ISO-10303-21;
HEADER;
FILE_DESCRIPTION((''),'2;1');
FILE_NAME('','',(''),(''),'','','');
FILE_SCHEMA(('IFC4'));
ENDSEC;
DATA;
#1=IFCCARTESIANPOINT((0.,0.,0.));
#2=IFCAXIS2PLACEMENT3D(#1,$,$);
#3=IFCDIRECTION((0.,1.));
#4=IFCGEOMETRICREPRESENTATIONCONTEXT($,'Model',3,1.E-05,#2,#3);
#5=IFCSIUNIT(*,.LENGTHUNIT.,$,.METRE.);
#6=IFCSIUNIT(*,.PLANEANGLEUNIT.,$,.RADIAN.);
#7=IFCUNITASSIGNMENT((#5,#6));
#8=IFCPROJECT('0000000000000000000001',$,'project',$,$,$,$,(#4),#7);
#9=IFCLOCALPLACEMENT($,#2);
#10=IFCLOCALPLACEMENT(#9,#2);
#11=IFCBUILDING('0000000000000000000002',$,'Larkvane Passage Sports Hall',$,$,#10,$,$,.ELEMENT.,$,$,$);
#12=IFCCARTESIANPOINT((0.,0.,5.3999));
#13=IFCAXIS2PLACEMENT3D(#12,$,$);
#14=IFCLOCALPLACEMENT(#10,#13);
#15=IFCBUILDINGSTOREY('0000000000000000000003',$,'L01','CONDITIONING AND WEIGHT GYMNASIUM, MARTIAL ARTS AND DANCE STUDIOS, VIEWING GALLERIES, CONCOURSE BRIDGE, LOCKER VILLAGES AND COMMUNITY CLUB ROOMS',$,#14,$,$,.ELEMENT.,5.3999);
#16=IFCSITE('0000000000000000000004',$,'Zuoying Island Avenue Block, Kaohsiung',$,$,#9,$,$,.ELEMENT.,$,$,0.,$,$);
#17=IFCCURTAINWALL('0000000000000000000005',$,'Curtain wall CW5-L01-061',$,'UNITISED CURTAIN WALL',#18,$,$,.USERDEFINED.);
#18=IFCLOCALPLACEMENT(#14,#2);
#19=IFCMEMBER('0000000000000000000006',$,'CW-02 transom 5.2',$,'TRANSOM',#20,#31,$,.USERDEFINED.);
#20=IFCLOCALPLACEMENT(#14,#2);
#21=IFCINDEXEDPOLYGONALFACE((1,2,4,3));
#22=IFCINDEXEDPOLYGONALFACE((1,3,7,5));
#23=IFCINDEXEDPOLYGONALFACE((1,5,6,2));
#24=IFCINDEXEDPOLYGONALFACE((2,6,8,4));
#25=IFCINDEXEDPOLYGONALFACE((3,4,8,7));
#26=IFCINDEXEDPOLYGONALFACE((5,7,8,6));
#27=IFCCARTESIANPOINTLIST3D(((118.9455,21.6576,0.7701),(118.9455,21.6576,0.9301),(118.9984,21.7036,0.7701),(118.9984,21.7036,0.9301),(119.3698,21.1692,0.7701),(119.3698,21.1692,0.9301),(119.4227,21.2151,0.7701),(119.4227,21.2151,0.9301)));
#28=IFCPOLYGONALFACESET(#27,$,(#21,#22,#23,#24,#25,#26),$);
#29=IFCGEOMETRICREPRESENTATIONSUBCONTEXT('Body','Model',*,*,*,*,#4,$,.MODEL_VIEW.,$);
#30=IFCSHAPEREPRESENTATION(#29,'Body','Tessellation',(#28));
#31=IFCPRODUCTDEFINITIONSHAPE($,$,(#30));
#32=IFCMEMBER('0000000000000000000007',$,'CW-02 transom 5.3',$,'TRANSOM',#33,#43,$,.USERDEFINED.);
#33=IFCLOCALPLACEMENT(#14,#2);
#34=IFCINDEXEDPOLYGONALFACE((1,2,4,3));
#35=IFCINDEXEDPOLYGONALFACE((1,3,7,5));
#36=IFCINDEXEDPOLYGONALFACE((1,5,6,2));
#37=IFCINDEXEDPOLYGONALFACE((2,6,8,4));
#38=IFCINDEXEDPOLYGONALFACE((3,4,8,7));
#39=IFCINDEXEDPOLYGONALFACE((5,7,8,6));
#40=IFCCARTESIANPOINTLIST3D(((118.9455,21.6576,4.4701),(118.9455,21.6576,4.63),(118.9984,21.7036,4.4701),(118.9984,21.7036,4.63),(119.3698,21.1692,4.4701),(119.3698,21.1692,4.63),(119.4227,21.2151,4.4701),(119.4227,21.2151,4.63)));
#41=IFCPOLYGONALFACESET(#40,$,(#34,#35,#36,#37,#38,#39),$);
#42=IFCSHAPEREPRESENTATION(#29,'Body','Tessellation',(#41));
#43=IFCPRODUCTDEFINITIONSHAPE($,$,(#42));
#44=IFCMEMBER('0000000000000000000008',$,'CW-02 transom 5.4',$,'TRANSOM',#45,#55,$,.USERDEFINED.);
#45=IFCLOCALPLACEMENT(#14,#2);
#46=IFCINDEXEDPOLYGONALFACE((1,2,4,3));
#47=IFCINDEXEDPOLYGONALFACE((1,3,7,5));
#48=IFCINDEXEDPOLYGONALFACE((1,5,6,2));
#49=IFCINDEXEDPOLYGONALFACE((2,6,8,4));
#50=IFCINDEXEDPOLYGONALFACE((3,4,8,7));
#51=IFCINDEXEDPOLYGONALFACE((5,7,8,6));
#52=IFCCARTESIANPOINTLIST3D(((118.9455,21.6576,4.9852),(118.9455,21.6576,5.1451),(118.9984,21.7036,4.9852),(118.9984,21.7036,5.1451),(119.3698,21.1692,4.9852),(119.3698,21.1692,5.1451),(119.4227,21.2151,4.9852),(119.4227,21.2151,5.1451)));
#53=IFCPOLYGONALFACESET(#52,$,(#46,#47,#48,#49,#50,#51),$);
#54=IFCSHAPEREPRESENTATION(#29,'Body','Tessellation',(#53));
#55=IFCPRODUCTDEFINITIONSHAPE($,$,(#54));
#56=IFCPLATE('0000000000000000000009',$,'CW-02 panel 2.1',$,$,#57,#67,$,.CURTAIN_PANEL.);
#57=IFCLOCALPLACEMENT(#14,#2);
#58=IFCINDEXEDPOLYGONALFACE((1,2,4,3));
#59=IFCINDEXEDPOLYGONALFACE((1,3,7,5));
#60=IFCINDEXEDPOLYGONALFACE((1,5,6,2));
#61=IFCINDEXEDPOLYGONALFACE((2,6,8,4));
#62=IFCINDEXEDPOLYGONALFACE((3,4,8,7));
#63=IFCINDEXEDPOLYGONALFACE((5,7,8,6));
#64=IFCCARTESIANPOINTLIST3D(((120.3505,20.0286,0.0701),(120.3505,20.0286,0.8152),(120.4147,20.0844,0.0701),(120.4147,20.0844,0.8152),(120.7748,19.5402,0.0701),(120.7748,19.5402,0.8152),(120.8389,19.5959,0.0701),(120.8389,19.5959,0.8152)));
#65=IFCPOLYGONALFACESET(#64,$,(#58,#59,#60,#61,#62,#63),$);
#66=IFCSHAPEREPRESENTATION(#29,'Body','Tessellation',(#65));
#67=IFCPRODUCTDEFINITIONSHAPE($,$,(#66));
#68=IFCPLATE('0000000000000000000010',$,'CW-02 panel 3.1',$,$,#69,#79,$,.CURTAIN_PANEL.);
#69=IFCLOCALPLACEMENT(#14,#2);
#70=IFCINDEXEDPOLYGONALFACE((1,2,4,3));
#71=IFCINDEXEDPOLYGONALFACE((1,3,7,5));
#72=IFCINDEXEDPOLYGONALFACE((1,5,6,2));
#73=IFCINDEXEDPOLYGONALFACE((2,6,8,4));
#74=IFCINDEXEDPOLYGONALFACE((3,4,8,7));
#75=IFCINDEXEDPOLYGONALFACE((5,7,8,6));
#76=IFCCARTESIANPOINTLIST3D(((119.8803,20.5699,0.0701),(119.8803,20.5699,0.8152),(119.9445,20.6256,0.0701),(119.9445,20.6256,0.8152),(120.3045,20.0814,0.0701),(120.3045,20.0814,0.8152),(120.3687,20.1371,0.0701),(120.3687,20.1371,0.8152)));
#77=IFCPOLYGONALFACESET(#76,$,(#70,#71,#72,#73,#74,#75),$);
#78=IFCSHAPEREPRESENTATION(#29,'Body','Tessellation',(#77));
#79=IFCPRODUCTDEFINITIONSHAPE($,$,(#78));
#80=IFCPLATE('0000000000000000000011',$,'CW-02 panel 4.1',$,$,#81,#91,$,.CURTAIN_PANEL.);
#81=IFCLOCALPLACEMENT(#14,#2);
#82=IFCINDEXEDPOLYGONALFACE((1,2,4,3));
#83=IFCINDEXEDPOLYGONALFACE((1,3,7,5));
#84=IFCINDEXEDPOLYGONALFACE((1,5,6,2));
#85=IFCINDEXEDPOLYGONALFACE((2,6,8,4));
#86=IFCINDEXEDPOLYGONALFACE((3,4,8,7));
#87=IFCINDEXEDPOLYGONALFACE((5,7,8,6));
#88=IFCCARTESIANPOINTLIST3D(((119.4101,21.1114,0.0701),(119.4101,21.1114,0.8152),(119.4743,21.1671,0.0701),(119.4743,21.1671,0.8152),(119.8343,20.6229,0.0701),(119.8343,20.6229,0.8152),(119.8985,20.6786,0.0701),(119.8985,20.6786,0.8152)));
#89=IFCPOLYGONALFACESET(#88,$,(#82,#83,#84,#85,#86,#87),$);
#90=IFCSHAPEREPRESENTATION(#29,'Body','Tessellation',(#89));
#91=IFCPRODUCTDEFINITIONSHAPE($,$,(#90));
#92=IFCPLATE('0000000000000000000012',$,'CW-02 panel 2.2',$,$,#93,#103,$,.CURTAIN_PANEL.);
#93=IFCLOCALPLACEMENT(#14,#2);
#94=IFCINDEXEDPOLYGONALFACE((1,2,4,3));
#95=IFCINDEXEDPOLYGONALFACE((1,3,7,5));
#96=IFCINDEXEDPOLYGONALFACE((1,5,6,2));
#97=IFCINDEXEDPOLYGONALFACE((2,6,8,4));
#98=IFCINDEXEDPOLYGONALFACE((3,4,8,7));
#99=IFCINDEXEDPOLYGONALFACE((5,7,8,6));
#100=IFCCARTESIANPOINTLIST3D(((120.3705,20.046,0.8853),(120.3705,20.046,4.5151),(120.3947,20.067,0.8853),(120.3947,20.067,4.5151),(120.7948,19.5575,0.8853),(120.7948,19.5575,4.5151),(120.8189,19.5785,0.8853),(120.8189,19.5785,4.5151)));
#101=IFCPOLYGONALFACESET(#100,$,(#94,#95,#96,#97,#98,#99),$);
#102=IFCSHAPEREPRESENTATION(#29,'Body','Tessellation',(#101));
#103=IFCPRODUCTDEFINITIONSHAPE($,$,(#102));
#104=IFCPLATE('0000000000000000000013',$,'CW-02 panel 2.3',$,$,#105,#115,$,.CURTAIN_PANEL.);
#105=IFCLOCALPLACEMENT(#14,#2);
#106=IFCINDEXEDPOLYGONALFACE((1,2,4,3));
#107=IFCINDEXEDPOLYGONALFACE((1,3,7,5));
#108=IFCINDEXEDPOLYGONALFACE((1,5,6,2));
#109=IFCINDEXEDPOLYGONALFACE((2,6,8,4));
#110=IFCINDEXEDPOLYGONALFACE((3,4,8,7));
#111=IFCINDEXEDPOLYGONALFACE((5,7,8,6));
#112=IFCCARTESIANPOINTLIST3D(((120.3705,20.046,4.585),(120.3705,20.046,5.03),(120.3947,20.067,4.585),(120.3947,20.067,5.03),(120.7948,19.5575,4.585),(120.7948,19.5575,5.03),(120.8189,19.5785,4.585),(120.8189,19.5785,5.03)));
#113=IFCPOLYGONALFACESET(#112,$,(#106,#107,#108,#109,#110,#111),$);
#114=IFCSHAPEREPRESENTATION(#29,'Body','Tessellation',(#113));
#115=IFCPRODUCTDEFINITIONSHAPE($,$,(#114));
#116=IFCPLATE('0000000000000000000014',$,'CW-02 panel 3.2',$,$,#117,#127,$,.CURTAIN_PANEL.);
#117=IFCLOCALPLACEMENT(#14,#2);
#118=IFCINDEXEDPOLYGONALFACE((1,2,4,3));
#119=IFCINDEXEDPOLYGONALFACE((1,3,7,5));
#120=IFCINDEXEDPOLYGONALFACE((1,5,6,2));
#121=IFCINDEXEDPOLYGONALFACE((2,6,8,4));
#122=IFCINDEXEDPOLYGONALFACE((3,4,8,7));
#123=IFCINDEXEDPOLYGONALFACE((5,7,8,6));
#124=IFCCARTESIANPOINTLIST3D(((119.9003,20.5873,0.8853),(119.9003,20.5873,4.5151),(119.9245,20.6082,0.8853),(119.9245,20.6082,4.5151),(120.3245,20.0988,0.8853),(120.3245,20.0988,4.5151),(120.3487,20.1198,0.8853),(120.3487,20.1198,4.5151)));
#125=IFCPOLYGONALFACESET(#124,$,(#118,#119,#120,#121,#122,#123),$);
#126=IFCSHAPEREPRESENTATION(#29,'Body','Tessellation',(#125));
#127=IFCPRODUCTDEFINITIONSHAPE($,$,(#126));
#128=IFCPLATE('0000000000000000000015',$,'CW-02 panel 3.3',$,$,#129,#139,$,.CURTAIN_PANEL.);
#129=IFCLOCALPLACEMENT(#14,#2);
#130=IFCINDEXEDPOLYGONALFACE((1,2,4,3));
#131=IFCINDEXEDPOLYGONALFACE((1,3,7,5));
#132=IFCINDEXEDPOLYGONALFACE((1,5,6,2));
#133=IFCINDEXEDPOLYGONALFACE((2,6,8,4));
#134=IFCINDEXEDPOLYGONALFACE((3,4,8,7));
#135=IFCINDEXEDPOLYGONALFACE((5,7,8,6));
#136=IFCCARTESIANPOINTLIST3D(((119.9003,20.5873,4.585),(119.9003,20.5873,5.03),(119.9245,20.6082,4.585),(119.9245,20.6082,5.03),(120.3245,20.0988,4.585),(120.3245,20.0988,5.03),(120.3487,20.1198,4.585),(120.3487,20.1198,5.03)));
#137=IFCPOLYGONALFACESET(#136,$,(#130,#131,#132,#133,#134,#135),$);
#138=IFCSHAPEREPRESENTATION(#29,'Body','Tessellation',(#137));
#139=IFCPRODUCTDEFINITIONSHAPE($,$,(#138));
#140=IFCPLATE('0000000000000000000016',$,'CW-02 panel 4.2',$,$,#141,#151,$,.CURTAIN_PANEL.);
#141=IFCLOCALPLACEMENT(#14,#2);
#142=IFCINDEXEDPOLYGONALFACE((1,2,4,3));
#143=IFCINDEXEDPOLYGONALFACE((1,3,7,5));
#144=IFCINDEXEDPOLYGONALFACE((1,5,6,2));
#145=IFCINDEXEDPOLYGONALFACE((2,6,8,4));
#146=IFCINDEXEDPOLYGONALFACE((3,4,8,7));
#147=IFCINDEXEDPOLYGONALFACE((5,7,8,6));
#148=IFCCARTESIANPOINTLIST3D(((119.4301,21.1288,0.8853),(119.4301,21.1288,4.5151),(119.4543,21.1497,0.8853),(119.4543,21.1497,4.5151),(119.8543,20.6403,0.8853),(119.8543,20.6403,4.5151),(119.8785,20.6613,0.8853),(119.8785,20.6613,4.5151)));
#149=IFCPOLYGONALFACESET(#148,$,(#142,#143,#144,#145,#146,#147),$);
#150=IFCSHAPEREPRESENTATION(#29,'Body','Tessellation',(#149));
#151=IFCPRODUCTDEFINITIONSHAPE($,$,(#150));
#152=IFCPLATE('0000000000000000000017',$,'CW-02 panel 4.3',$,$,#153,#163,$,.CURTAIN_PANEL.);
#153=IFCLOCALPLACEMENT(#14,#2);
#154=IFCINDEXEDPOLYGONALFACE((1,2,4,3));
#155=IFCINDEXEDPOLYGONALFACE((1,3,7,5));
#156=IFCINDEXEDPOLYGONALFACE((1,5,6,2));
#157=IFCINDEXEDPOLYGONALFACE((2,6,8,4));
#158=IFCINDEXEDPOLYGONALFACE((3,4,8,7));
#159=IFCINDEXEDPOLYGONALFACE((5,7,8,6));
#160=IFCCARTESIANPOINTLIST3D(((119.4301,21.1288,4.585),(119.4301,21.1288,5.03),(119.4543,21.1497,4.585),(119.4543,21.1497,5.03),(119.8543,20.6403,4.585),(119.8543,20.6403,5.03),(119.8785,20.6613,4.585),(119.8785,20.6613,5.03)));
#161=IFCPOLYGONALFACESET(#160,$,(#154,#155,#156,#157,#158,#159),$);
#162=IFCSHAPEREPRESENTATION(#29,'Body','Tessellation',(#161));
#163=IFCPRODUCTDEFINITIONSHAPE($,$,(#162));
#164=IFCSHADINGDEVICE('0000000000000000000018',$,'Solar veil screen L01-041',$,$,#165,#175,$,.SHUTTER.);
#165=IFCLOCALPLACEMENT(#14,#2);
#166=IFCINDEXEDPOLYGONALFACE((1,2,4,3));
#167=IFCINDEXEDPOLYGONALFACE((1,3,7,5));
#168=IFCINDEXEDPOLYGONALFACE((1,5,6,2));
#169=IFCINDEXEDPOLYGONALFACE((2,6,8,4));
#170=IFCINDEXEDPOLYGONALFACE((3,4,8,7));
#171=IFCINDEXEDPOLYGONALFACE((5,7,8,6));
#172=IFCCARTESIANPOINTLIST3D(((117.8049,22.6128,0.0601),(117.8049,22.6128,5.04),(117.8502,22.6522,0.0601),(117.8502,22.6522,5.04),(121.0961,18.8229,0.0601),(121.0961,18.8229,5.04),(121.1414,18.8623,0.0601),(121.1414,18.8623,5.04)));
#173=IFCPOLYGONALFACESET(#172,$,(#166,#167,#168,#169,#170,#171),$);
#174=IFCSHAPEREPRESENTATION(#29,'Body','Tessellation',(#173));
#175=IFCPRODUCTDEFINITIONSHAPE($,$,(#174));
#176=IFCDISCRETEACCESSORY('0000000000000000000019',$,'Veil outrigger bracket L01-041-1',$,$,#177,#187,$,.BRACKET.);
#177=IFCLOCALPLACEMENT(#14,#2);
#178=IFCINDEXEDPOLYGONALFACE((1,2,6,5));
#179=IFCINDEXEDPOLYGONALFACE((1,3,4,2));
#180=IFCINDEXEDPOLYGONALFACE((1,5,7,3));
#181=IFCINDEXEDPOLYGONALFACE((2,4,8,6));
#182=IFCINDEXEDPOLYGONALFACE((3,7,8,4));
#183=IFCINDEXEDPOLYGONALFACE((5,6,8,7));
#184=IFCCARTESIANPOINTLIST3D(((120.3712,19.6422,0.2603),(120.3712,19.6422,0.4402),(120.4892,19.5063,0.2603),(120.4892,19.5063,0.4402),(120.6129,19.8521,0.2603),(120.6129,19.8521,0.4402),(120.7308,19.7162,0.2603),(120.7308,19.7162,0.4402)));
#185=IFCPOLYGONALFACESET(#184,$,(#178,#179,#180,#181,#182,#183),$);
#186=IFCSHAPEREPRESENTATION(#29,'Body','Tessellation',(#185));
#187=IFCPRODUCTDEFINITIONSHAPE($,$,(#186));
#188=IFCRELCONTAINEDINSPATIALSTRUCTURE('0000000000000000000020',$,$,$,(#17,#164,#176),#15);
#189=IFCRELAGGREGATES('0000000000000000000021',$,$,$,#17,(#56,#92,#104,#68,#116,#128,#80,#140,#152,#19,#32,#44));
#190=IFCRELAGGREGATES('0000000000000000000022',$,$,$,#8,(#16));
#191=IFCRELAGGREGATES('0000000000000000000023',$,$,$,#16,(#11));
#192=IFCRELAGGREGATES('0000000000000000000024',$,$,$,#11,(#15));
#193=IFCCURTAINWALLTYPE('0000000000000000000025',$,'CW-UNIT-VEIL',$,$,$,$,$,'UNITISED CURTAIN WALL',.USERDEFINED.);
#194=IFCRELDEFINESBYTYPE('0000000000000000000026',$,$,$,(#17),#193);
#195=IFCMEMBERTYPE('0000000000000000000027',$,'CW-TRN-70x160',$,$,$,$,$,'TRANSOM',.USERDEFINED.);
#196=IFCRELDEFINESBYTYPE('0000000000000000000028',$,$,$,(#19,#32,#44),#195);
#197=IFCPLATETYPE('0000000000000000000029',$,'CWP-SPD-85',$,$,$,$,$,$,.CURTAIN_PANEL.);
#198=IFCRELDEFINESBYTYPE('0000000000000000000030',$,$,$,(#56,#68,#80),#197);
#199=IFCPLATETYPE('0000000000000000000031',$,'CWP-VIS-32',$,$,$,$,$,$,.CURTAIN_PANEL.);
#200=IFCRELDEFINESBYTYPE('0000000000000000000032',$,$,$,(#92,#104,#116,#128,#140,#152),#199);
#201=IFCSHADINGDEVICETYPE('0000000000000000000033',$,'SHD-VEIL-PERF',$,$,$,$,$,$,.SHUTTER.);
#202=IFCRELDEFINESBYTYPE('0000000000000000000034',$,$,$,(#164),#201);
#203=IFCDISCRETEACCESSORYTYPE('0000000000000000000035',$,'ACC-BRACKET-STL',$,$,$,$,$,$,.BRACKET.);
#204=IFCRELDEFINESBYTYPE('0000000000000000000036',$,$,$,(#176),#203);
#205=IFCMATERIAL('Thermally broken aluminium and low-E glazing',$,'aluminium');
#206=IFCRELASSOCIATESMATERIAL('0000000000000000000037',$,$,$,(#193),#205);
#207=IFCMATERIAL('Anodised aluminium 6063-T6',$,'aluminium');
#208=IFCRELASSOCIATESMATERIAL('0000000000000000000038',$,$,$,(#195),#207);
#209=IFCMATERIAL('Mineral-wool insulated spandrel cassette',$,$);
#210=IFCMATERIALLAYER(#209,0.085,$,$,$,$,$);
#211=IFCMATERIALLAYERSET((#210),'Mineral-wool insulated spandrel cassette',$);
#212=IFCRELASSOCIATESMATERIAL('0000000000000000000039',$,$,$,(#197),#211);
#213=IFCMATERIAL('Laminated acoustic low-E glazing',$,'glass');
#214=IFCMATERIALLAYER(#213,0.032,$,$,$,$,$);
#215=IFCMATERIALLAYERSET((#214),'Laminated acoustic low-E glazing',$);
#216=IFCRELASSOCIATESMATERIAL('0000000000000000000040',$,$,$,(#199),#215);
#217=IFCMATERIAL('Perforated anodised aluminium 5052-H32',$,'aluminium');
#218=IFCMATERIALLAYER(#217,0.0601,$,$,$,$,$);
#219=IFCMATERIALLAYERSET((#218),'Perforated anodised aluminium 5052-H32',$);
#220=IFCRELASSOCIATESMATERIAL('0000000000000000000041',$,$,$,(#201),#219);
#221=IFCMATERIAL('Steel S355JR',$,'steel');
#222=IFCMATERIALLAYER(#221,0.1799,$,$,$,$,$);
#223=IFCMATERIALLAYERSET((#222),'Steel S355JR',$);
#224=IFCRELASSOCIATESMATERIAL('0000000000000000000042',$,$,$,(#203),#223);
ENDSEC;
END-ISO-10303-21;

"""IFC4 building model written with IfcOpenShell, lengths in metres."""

from ifc_helpers import new_model, si_unit, direction, frame, origin, origin_2d, place, context, subcontext, project, spatial, rectangle, extrude, material, layer, layer_set, material_profile, profile_set, type_object, element, aggregate, save


model = new_model("IFC4")

# Units and contexts
model_context = context("Model", 3, precision=1e-05, world=origin(), true_north=direction((0.0, 1.0)))
body_context = subcontext(model_context, "Body", "Model", "MODEL_VIEW")
ifc_project = project(units=[si_unit("LENGTHUNIT", "METRE"), si_unit("PLANEANGLEUNIT", "RADIAN")], contexts=[model_context])

# Site, building, storey
site_placement = place(None, origin())
site = spatial("IfcSite", under=ifc_project, at=site_placement, Name="Zuoying Island Avenue Block, Kaohsiung", CompositionType="ELEMENT", RefElevation=0.0)
building_placement = place(site_placement, origin())
building = spatial("IfcBuilding", under=site, at=building_placement, Name="Larkvane Passage Sports Hall", CompositionType="ELEMENT")
storey_placement = place(building_placement, frame((0.0, 0.0, 5.3999)))
storey = spatial("IfcBuildingStorey", under=building, at=storey_placement, Name="L01", Description="CONDITIONING AND WEIGHT GYMNASIUM, MARTIAL ARTS AND DANCE STUDIOS, VIEWING GALLERIES, CONCOURSE BRIDGE, LOCKER VILLAGES AND COMMUNITY CLUB ROOMS", CompositionType="ELEMENT", Elevation=5.3999)

# Curtain wall, members, plates
ifc_material_1 = material(Name="Thermally broken aluminium and low-E glazing", Category="aluminium")
curtain_wall_type = type_object("IfcCurtainWallType", Name="CW-UNIT-VEIL", ElementType="UNITISED CURTAIN WALL", PredefinedType="USERDEFINED", material=ifc_material_1)
curtain_wall_placement = place(storey_placement, origin())
curtain_wall = element("IfcCurtainWall", 1, at=curtain_wall_placement, inside=storey, type_object=curtain_wall_type, Name="Curtain wall CW5-L01-061", ObjectType="UNITISED CURTAIN WALL", PredefinedType="USERDEFINED")
ifc_material_2 = material(Name="Anodised aluminium 6063-T6", Category="aluminium")
ifc_material_profile_1 = material_profile(ifc_material_2, rectangle(XDim=0.0701, YDim=0.1599, at=origin_2d()), Name="ALU-TRN-70x160")
ifc_profile_set_1 = profile_set([ifc_material_profile_1], Name="Anodised aluminium 6063-T6")
member_type_1 = type_object("IfcMemberType", Name="CW-TRN-70x160", ElementType="TRANSOM", PredefinedType="USERDEFINED", material=ifc_profile_set_1)
member_1_placement = place(storey_placement, frame((119.3962, 21.1921, 0.8501), z_axis=(-0.655749, 0.754979, 0.0), x_axis=(-0.754979, -0.655749, 0.0)))
member_1 = element("IfcMember", 2, at=member_1_placement, type_object=member_type_1, Name="CW-02 transom 5.2", ObjectType="TRANSOM", PredefinedType="USERDEFINED", context=body_context, shape_type="SweptSolid", body=[
    extrude(rectangle(XDim=0.0701, YDim=0.1599, at=origin_2d()), origin(), (0.0, 0.0, 1.0), 0.647),
])
member_2_placement = place(storey_placement, frame((119.3962, 21.1921, 4.55), z_axis=(-0.655749, 0.754979, 0.0), x_axis=(-0.754979, -0.655749, 0.0)))
member_2 = element("IfcMember", 3, at=member_2_placement, type_object=member_type_1, Name="CW-02 transom 5.3", ObjectType="TRANSOM", PredefinedType="USERDEFINED", context=body_context, shape_type="SweptSolid", body=[
    extrude(rectangle(XDim=0.0701, YDim=0.1599, at=origin_2d()), origin(), (0.0, 0.0, 1.0), 0.647),
])
member_3_placement = place(storey_placement, frame((119.3962, 21.1921, 5.0652), z_axis=(-0.655749, 0.754979, 0.0), x_axis=(-0.754979, -0.655749, 0.0)))
member_3 = element("IfcMember", 4, at=member_3_placement, type_object=member_type_1, Name="CW-02 transom 5.4", ObjectType="TRANSOM", PredefinedType="USERDEFINED", context=body_context, shape_type="SweptSolid", body=[
    extrude(rectangle(XDim=0.0701, YDim=0.1599, at=origin_2d()), origin(), (0.0, 0.0, 1.0), 0.647),
])
ifc_material_3 = material(Name="Mineral-wool insulated spandrel cassette")
ifc_layer_1 = layer(ifc_material_3, 0.085)
ifc_layer_set_1 = layer_set([ifc_layer_1], Name="Mineral-wool insulated spandrel cassette")
plate_type_1 = type_object("IfcPlateType", Name="CWP-SPD-85", PredefinedType="CURTAIN_PANEL", material=ifc_layer_set_1)
plate_1_placement = place(storey_placement, frame((120.5947, 19.8123, 0.0701), z_axis=(0.0, 0.0, 1.0), x_axis=(-0.655685, 0.755035, 0.0)))
plate_1 = element("IfcPlate", 5, at=plate_1_placement, type_object=plate_type_1, Name="CW-02 panel 2.1", PredefinedType="CURTAIN_PANEL", context=body_context, shape_type="SweptSolid", body=[
    extrude(rectangle(XDim=0.647, YDim=0.085, at=origin_2d()), origin(), (0.0, 0.0, 1.0), 0.7451),
])
plate_2_placement = place(storey_placement, frame((120.1245, 20.3535, 0.0701), z_axis=(0.0, 0.0, 1.0), x_axis=(-0.655685, 0.755035, 0.0)))
plate_2 = element("IfcPlate", 6, at=plate_2_placement, type_object=plate_type_1, Name="CW-02 panel 3.1", PredefinedType="CURTAIN_PANEL", context=body_context, shape_type="SweptSolid", body=[
    extrude(rectangle(XDim=0.647, YDim=0.085, at=origin_2d()), origin(), (0.0, 0.0, 1.0), 0.7451),
])
plate_3_placement = place(storey_placement, frame((119.6543, 20.895, 0.0701), z_axis=(0.0, 0.0, 1.0), x_axis=(-0.655685, 0.755035, 0.0)))
plate_3 = element("IfcPlate", 7, at=plate_3_placement, type_object=plate_type_1, Name="CW-02 panel 4.1", PredefinedType="CURTAIN_PANEL", context=body_context, shape_type="SweptSolid", body=[
    extrude(rectangle(XDim=0.647, YDim=0.085, at=origin_2d()), origin(), (0.0, 0.0, 1.0), 0.7451),
])
ifc_material_4 = material(Name="Laminated acoustic low-E glazing", Category="glass")
ifc_layer_2 = layer(ifc_material_4, 0.032)
ifc_layer_set_2 = layer_set([ifc_layer_2], Name="Laminated acoustic low-E glazing")
plate_type_2 = type_object("IfcPlateType", Name="CWP-VIS-32", PredefinedType="CURTAIN_PANEL", material=ifc_layer_set_2)
plate_4_placement = place(storey_placement, frame((120.5947, 19.8123, 0.8853), z_axis=(0.0, 0.0, 1.0), x_axis=(-0.655685, 0.755035, 0.0)))
plate_4 = element("IfcPlate", 8, at=plate_4_placement, type_object=plate_type_2, Name="CW-02 panel 2.2", PredefinedType="CURTAIN_PANEL", context=body_context, shape_type="SweptSolid", body=[
    extrude(rectangle(XDim=0.647, YDim=0.032, at=origin_2d()), origin(), (0.0, 0.0, 1.0), 3.6299),
])
plate_5_placement = place(storey_placement, frame((120.5947, 19.8123, 4.585), z_axis=(0.0, 0.0, 1.0), x_axis=(-0.655685, 0.755035, 0.0)))
plate_5 = element("IfcPlate", 9, at=plate_5_placement, type_object=plate_type_2, Name="CW-02 panel 2.3", PredefinedType="CURTAIN_PANEL", context=body_context, shape_type="SweptSolid", body=[
    extrude(rectangle(XDim=0.647, YDim=0.032, at=origin_2d()), origin(), (0.0, 0.0, 1.0), 0.4451),
])
plate_6_placement = place(storey_placement, frame((120.1245, 20.3535, 0.8853), z_axis=(0.0, 0.0, 1.0), x_axis=(-0.655685, 0.755035, 0.0)))
plate_6 = element("IfcPlate", 10, at=plate_6_placement, type_object=plate_type_2, Name="CW-02 panel 3.2", PredefinedType="CURTAIN_PANEL", context=body_context, shape_type="SweptSolid", body=[
    extrude(rectangle(XDim=0.647, YDim=0.032, at=origin_2d()), origin(), (0.0, 0.0, 1.0), 3.6299),
])
plate_7_placement = place(storey_placement, frame((120.1245, 20.3535, 4.585), z_axis=(0.0, 0.0, 1.0), x_axis=(-0.655685, 0.755035, 0.0)))
plate_7 = element("IfcPlate", 11, at=plate_7_placement, type_object=plate_type_2, Name="CW-02 panel 3.3", PredefinedType="CURTAIN_PANEL", context=body_context, shape_type="SweptSolid", body=[
    extrude(rectangle(XDim=0.647, YDim=0.032, at=origin_2d()), origin(), (0.0, 0.0, 1.0), 0.4451),
])
plate_8_placement = place(storey_placement, frame((119.6543, 20.895, 0.8853), z_axis=(0.0, 0.0, 1.0), x_axis=(-0.655685, 0.755035, 0.0)))
plate_8 = element("IfcPlate", 12, at=plate_8_placement, type_object=plate_type_2, Name="CW-02 panel 4.2", PredefinedType="CURTAIN_PANEL", context=body_context, shape_type="SweptSolid", body=[
    extrude(rectangle(XDim=0.647, YDim=0.032, at=origin_2d()), origin(), (0.0, 0.0, 1.0), 3.6299),
])
plate_9_placement = place(storey_placement, frame((119.6543, 20.895, 4.585), z_axis=(0.0, 0.0, 1.0), x_axis=(-0.655685, 0.755035, 0.0)))
plate_9 = element("IfcPlate", 13, at=plate_9_placement, type_object=plate_type_2, Name="CW-02 panel 4.3", PredefinedType="CURTAIN_PANEL", context=body_context, shape_type="SweptSolid", body=[
    extrude(rectangle(XDim=0.647, YDim=0.032, at=origin_2d()), origin(), (0.0, 0.0, 1.0), 0.4451),
])
aggregate(curtain_wall, [plate_1, plate_4, plate_5, plate_2, plate_6, plate_7, plate_3, plate_8, plate_9, member_1, member_2, member_3])

# Shading device
ifc_material_5 = material(Name="Perforated anodised aluminium 5052-H32", Category="aluminium")
ifc_layer_3 = layer(ifc_material_5, 0.0601)
ifc_layer_set_3 = layer_set([ifc_layer_3], Name="Perforated anodised aluminium 5052-H32")
shading_device_type = type_object("IfcShadingDeviceType", Name="SHD-VEIL-PERF", PredefinedType="SHUTTER", material=ifc_layer_set_3)
shading_device_placement = place(storey_placement, frame((119.4731, 20.7375, 0.0601), z_axis=(0.0, 0.0, 1.0), x_axis=(-0.655687, 0.755033, 0.0)))
element("IfcShadingDevice", 14, at=shading_device_placement, inside=storey, type_object=shading_device_type, Name="Solar veil screen L01-041", PredefinedType="SHUTTER", context=body_context, shape_type="SweptSolid", body=[
    extrude(rectangle(XDim=5.0195, YDim=0.0601, at=origin_2d()), origin(), (0.0, 0.0, 1.0), 4.98),
])

# Discrete accessory
ifc_material_6 = material(Name="Steel S355JR", Category="steel")
ifc_layer_4 = layer(ifc_material_6, 0.1799)
ifc_layer_set_4 = layer_set([ifc_layer_4], Name="Steel S355JR")
discrete_accessory_type = type_object("IfcDiscreteAccessoryType", Name="ACC-BRACKET-STL", PredefinedType="BRACKET", material=ifc_layer_set_4)
discrete_accessory_placement = place(storey_placement, frame((120.551, 19.6792, 0.2603), z_axis=(0.0, 0.0, 1.0), x_axis=(-0.655687, 0.755033, 0.0)))
element("IfcDiscreteAccessory", 15, at=discrete_accessory_placement, inside=storey, type_object=discrete_accessory_type, Name="Veil outrigger bracket L01-041-1", PredefinedType="BRACKET", context=body_context, shape_type="SweptSolid", body=[
    extrude(rectangle(XDim=0.1799, YDim=0.3201, at=origin_2d()), origin(), (0.0, 0.0, 1.0), 0.1799),
])

save(model, "model.ifc")
